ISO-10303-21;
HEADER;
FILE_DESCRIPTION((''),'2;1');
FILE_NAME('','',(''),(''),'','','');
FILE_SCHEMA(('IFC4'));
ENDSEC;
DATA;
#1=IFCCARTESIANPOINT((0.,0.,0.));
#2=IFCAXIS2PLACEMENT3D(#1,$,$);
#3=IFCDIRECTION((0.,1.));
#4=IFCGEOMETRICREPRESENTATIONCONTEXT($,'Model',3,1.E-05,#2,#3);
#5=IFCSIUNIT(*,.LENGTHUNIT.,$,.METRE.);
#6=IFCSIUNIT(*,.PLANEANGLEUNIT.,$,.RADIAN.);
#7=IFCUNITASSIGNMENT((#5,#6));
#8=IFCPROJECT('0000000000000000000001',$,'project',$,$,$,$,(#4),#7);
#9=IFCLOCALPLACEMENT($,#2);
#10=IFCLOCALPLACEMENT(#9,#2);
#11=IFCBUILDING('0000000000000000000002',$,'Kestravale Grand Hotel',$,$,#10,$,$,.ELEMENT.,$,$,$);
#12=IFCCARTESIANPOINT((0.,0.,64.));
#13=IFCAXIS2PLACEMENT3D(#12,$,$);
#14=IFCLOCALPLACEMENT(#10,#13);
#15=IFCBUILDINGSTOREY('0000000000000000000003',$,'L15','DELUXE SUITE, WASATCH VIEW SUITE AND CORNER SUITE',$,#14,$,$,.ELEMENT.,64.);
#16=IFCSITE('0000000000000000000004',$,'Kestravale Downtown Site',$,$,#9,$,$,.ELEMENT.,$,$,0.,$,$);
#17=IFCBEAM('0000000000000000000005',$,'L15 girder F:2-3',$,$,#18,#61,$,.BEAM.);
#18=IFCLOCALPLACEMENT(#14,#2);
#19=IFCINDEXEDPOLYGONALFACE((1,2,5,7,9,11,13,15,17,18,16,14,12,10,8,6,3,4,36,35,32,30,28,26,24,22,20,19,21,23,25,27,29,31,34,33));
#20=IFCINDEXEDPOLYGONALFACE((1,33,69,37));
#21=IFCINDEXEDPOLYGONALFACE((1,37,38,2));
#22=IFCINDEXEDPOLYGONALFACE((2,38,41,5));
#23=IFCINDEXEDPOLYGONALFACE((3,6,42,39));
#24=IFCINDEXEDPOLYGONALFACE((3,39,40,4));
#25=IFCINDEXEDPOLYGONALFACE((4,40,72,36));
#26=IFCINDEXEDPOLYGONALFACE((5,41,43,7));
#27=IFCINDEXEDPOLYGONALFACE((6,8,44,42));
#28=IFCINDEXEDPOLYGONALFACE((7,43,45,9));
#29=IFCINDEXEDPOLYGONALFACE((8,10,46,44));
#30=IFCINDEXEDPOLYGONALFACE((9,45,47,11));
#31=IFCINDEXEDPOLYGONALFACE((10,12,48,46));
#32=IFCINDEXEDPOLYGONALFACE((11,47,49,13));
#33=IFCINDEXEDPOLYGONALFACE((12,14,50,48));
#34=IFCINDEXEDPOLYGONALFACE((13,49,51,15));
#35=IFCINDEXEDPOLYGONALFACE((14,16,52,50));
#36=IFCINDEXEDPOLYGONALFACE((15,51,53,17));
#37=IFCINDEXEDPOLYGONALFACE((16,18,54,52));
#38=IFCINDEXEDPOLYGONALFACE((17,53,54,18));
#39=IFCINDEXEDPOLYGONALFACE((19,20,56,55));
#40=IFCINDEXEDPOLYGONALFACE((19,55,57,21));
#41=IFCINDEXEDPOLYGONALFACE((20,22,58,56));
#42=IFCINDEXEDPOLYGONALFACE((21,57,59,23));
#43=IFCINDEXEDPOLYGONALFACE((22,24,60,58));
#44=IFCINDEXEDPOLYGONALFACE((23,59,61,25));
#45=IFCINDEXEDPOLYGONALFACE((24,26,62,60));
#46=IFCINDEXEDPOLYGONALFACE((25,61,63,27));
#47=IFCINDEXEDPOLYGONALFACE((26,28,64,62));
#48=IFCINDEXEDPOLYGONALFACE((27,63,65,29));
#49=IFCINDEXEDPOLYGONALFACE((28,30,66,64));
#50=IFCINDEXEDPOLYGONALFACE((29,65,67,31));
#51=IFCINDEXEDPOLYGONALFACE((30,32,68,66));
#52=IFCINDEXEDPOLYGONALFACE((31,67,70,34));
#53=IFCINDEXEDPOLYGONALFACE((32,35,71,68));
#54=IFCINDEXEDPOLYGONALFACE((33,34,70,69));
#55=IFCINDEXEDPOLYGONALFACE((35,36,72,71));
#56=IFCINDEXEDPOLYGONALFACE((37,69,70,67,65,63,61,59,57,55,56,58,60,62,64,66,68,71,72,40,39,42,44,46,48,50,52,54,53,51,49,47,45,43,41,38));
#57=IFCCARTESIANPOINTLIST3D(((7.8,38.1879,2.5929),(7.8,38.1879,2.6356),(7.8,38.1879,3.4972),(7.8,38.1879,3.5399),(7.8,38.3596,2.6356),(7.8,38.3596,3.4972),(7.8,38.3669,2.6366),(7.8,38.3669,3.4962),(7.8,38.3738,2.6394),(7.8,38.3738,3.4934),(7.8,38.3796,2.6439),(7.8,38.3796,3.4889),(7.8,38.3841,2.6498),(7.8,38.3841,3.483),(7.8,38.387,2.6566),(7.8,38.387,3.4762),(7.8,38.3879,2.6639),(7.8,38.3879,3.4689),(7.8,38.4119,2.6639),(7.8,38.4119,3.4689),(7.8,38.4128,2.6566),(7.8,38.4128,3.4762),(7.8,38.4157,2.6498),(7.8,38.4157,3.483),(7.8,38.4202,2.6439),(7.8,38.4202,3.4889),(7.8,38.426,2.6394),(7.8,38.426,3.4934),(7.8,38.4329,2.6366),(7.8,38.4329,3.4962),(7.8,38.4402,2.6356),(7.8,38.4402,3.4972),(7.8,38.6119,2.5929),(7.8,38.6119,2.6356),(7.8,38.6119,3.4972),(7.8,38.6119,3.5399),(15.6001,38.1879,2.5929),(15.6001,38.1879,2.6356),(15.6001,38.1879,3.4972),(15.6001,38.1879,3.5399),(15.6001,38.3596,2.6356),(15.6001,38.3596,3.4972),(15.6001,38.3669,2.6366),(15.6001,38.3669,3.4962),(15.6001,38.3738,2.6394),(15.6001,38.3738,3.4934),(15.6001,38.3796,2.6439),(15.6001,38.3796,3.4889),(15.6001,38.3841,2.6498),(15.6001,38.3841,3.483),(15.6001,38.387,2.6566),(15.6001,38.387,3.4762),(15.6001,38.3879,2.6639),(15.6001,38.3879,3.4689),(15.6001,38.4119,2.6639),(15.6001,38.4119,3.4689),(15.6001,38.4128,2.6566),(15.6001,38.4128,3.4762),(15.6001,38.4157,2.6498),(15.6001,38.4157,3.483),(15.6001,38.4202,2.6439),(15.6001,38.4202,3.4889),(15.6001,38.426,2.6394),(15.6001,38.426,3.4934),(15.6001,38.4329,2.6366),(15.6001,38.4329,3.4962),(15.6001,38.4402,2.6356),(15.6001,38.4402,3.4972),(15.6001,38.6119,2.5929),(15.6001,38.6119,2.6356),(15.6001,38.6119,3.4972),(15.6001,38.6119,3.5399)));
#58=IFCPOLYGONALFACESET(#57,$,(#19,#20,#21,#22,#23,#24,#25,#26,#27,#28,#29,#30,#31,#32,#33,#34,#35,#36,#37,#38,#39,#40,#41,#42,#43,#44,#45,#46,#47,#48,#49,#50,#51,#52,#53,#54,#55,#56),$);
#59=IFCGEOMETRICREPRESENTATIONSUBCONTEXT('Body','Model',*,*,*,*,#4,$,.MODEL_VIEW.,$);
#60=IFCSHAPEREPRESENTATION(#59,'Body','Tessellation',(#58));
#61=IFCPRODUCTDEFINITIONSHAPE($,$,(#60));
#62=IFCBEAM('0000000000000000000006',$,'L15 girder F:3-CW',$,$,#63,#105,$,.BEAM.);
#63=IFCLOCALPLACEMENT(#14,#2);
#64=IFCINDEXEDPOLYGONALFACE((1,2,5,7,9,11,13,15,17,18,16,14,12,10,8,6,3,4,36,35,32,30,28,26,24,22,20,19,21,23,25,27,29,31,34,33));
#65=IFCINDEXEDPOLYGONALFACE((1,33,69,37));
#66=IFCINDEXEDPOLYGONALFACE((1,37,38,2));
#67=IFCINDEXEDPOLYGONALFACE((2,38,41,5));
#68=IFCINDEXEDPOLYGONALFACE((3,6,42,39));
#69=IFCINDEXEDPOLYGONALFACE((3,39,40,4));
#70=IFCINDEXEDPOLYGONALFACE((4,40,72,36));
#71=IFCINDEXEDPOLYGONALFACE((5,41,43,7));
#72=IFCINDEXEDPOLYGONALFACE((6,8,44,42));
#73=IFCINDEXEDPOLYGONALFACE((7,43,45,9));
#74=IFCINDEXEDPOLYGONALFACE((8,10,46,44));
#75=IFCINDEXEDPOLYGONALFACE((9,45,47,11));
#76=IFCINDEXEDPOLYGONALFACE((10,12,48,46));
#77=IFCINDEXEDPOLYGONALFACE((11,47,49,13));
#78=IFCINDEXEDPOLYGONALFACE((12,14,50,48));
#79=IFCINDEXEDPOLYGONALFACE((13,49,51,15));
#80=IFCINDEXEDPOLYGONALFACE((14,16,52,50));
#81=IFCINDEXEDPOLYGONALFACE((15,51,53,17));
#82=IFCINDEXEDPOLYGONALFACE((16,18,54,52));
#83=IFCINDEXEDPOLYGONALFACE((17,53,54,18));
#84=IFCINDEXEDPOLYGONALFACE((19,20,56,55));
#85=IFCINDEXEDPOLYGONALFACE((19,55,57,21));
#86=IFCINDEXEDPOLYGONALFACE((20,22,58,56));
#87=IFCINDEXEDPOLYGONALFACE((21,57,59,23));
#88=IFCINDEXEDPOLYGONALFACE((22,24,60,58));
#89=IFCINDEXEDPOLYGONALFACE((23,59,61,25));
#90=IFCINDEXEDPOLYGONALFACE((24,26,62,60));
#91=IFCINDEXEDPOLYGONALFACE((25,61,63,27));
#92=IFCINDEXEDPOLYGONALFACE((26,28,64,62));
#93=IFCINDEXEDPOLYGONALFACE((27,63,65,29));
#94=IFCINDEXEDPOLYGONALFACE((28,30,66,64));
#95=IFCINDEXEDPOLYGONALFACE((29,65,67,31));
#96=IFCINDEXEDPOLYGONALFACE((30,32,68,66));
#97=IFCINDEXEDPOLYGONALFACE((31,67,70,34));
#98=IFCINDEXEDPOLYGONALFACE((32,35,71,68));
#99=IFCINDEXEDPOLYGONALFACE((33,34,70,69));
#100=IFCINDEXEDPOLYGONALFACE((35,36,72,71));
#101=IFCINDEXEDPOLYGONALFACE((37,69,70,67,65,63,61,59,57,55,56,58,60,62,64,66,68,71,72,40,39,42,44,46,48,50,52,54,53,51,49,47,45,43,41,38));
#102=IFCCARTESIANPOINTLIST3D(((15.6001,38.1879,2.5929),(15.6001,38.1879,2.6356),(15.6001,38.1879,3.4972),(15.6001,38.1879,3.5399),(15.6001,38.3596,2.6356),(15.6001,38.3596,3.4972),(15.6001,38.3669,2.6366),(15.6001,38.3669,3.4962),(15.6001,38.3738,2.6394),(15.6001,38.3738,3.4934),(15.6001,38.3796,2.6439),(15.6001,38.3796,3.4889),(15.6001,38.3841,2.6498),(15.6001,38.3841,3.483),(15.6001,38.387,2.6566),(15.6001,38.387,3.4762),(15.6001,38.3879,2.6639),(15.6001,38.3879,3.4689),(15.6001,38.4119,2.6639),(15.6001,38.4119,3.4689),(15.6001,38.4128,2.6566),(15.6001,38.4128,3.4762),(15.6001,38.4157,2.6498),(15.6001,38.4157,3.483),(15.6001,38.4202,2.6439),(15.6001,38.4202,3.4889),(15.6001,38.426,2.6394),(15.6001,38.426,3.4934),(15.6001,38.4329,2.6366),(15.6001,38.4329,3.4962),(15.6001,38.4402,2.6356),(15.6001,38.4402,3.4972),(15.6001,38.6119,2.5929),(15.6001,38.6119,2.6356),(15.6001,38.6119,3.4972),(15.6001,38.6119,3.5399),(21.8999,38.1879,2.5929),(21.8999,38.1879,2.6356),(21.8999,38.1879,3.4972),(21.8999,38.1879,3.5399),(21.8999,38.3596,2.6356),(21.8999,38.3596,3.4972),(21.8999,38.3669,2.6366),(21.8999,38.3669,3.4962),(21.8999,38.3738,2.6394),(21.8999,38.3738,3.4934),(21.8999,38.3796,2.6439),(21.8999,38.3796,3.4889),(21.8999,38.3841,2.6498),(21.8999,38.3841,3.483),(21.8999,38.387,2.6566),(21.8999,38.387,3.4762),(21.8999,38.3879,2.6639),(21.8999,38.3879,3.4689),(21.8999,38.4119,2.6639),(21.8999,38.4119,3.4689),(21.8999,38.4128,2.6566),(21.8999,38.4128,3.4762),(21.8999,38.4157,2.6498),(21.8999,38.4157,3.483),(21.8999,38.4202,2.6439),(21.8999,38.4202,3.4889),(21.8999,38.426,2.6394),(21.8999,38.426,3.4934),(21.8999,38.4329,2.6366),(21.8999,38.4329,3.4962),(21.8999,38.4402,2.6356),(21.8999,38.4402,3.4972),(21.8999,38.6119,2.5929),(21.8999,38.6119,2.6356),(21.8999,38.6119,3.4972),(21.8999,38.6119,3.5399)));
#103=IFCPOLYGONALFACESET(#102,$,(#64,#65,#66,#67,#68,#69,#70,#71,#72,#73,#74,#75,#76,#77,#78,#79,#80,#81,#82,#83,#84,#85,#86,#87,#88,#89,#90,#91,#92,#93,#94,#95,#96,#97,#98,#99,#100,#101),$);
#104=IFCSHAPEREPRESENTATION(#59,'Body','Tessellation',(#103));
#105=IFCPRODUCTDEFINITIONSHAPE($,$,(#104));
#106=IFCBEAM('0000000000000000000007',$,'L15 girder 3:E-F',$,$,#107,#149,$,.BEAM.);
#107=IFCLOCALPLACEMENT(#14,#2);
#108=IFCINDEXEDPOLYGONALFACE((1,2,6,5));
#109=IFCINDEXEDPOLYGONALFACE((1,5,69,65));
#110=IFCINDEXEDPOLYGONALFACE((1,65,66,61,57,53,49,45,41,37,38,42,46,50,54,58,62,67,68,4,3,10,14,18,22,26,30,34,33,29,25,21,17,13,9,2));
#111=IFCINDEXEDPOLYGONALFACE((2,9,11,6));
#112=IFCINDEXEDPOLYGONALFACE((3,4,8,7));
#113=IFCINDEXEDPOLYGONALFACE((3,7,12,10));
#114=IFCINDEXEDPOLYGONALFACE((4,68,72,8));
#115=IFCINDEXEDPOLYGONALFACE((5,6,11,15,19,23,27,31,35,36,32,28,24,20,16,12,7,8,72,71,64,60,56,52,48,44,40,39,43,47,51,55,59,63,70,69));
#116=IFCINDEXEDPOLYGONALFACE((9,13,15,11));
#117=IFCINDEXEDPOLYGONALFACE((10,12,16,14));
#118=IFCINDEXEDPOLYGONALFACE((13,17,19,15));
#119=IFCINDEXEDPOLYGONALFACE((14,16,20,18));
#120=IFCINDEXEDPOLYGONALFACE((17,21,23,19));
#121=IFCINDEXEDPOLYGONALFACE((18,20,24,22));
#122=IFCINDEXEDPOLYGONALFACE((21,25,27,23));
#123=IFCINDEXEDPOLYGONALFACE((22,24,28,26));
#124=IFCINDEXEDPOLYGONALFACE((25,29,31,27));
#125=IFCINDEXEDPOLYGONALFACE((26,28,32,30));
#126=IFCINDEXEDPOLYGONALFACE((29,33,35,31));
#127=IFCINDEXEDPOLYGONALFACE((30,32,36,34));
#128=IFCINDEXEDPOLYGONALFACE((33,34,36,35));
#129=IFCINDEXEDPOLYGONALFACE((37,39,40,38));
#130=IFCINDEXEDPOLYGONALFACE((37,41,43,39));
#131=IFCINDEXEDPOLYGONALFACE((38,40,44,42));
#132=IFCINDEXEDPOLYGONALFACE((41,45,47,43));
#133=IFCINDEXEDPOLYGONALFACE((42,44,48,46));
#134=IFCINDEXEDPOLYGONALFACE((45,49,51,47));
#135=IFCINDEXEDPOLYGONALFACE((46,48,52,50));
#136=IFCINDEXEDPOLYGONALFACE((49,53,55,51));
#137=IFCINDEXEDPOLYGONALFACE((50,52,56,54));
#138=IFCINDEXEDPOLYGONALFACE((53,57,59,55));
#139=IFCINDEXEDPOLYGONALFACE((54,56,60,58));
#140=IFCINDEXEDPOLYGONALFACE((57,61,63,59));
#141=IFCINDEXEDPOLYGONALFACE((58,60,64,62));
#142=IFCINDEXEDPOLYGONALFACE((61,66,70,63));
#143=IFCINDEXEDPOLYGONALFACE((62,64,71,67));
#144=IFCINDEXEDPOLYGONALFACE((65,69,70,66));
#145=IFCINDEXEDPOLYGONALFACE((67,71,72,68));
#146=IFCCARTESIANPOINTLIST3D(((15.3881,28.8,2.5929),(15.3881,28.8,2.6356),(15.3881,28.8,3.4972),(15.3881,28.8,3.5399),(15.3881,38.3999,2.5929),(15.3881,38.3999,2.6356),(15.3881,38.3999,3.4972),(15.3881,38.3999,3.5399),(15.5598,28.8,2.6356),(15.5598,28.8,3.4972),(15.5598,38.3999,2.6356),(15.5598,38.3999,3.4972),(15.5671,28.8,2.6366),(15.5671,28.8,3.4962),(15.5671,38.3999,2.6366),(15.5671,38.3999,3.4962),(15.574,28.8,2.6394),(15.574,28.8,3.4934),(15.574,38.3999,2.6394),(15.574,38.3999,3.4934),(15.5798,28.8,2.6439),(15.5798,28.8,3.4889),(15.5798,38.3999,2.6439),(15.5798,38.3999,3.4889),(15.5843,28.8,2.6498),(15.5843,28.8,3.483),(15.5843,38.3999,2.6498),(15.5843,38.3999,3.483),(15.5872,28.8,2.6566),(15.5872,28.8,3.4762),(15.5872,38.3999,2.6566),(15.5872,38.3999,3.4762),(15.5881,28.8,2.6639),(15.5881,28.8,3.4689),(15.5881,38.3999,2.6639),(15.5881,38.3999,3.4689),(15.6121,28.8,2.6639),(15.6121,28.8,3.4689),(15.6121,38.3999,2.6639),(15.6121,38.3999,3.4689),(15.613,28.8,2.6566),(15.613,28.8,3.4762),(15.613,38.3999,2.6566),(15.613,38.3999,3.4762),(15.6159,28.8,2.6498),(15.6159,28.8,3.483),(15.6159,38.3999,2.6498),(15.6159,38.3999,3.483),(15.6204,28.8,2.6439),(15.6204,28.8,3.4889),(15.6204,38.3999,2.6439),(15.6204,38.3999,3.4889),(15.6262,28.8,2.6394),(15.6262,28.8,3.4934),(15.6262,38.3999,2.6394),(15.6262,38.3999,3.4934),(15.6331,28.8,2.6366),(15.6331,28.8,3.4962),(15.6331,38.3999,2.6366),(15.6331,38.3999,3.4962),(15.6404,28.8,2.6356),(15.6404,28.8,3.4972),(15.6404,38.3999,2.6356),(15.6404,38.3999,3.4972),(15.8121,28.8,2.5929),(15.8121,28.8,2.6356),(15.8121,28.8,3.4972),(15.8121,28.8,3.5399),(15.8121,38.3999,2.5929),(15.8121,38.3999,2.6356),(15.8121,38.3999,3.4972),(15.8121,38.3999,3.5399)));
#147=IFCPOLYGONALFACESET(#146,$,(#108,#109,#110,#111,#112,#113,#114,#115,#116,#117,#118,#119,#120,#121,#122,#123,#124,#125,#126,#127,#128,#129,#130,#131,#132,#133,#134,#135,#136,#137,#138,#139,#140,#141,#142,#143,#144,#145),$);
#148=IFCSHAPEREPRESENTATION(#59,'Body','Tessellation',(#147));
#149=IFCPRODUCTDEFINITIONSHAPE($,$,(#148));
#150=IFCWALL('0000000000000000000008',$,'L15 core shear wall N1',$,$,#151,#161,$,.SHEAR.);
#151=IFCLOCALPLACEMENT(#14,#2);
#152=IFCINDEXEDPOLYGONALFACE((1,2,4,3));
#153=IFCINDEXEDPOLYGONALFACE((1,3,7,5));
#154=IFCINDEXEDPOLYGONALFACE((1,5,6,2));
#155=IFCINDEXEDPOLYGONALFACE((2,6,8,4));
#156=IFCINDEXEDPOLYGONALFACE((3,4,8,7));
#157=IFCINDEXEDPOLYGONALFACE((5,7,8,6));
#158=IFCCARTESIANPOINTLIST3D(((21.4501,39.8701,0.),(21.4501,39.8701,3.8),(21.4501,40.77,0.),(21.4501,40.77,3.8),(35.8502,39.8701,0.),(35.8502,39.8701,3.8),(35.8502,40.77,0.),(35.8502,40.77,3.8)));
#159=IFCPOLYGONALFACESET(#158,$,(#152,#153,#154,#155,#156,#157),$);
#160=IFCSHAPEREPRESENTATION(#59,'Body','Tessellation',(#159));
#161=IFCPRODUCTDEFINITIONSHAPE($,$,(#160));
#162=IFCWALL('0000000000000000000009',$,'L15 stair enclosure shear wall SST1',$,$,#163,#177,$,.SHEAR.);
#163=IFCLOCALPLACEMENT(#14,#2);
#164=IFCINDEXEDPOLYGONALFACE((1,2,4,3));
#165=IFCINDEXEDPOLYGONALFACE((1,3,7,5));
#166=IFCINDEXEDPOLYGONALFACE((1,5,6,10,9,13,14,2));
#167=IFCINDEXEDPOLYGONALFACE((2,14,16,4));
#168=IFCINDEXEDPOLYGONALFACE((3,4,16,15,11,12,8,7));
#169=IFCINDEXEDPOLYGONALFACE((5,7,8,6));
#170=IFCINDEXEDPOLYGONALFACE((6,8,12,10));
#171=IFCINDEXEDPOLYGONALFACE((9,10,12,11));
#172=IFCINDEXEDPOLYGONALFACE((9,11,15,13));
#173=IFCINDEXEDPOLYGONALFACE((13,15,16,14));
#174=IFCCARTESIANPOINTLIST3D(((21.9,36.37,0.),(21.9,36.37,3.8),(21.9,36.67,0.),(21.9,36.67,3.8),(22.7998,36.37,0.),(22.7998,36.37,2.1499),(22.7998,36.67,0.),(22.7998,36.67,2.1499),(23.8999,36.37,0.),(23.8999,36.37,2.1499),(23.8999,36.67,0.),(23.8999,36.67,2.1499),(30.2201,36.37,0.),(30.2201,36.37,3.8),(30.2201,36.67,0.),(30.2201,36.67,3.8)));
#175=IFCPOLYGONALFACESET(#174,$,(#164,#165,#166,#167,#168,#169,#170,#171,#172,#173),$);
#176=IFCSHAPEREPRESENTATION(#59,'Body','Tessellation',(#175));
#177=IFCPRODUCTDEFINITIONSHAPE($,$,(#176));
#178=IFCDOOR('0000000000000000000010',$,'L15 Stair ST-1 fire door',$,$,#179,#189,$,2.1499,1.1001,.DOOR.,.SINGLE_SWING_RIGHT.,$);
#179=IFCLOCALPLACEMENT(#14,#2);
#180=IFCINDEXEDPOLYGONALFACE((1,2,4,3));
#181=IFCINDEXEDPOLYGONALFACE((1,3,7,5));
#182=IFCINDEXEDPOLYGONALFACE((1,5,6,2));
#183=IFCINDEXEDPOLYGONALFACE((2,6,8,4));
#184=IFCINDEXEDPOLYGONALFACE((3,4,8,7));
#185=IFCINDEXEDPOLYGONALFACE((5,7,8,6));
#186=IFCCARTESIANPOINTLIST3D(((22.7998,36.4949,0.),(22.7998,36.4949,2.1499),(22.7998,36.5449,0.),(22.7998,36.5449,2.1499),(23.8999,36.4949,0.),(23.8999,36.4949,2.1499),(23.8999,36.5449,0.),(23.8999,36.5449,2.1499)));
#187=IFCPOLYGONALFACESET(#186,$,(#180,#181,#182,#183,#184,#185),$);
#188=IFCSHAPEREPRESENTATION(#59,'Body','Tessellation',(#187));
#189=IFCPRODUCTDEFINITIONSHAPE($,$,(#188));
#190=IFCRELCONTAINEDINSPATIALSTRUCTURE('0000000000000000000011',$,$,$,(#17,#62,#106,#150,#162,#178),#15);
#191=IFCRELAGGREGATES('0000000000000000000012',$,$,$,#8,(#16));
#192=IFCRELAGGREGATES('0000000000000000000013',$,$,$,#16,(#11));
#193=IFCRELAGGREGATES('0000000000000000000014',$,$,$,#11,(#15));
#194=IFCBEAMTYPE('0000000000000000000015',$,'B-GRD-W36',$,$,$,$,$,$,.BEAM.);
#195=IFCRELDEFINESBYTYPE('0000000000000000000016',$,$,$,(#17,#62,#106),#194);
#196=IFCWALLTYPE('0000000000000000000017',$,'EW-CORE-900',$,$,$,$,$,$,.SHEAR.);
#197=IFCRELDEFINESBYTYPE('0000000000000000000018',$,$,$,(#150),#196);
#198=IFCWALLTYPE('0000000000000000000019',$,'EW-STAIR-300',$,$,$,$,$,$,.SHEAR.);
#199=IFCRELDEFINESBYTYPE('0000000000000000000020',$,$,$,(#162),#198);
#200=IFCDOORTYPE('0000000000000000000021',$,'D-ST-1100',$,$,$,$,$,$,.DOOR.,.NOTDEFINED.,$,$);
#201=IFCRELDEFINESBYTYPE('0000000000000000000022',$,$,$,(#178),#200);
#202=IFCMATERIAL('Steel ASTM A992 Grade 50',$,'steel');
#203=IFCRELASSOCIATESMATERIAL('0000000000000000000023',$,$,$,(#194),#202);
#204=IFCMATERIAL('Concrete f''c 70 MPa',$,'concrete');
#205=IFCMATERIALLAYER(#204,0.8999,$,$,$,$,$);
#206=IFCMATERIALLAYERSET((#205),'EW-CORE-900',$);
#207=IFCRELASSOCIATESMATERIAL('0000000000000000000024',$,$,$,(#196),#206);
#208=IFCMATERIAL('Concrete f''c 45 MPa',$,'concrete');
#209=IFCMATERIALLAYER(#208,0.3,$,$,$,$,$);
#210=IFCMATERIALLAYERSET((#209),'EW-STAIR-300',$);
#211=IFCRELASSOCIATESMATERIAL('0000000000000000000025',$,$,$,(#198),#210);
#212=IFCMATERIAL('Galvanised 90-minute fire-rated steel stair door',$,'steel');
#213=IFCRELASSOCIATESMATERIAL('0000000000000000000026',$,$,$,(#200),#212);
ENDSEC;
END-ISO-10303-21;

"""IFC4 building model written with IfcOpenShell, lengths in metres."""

from ifc_helpers import new_model, si_unit, direction, frame, frame_2d, origin, origin_2d, place, context, subcontext, project, spatial, rectangle, i_section, extrude, material, layer, layer_set, material_profile, profile_set, type_object, element, fill, save


model = new_model("IFC4")

# Units and contexts
model_context = context("Model", 3, precision=1e-05, world=origin(), true_north=direction((0.0, 1.0)))
body_context = subcontext(model_context, "Body", "Model", "MODEL_VIEW")
ifc_project = project(units=[si_unit("LENGTHUNIT", "METRE"), si_unit("PLANEANGLEUNIT", "RADIAN")], contexts=[model_context])

# Site, building, storey
site_placement = place(None, origin())
site = spatial("IfcSite", under=ifc_project, at=site_placement, Name="Kestravale Downtown Site", CompositionType="ELEMENT", RefElevation=0.0)
building_placement = place(site_placement, origin())
building = spatial("IfcBuilding", under=site, at=building_placement, Name="Kestravale Grand Hotel", CompositionType="ELEMENT")
storey_placement = place(building_placement, frame((0.0, 0.0, 64.0)))
storey = spatial("IfcBuildingStorey", under=building, at=storey_placement, Name="L15", Description="DELUXE SUITE, WASATCH VIEW SUITE AND CORNER SUITE", CompositionType="ELEMENT", Elevation=64.0)

# Beams
ifc_material_1 = material(Name="Steel ASTM A992 Grade 50", Category="steel")
ifc_material_profile_1 = material_profile(ifc_material_1, i_section(OverallWidth=0.4241, OverallDepth=0.947, WebThickness=0.0239, FlangeThickness=0.0427, FilletRadius=0.0283, at=origin_2d()))
ifc_profile_set_1 = profile_set([ifc_material_profile_1], Name="Steel ASTM A992 Grade 50")
beam_type_1 = type_object("IfcBeamType", Name="B-GRD-W36", PredefinedType="BEAM", material=ifc_profile_set_1)
beam_1_placement = place(storey_placement, frame((7.8, 38.3999, 3.0664), z_axis=(1.0, 0.0, 0.0), x_axis=(0.0, 1.0, 0.0)))
element("IfcBeam", 1, at=beam_1_placement, inside=storey, type_object=beam_type_1, Name="L15 girder F:2-3", PredefinedType="BEAM", context=body_context, shape_type="SweptSolid", body=[
    extrude(i_section(OverallWidth=0.4241, OverallDepth=0.947, WebThickness=0.0239, FlangeThickness=0.0427, FilletRadius=0.0283, at=origin_2d()), origin(), (0.0, 0.0, 1.0), 7.8),
])
beam_2_placement = place(storey_placement, frame((15.6001, 38.3999, 3.0664), z_axis=(1.0, 0.0, 0.0), x_axis=(0.0, 1.0, 0.0)))
element("IfcBeam", 2, at=beam_2_placement, inside=storey, type_object=beam_type_1, Name="L15 girder F:3-CW", PredefinedType="BEAM", context=body_context, shape_type="SweptSolid", body=[
    extrude(i_section(OverallWidth=0.4241, OverallDepth=0.947, WebThickness=0.0239, FlangeThickness=0.0427, FilletRadius=0.0283, at=origin_2d()), origin(), (0.0, 0.0, 1.0), 6.2998),
])
beam_3_placement = place(storey_placement, frame((15.6001, 28.8, 3.0664), z_axis=(0.0, 1.0, 0.0), x_axis=(-1.0, 0.0, 0.0)))
element("IfcBeam", 3, at=beam_3_placement, inside=storey, type_object=beam_type_1, Name="L15 girder 3:E-F", PredefinedType="BEAM", context=body_context, shape_type="SweptSolid", body=[
    extrude(i_section(OverallWidth=0.4241, OverallDepth=0.947, WebThickness=0.0239, FlangeThickness=0.0427, FilletRadius=0.0283, at=origin_2d()), origin(), (0.0, 0.0, 1.0), 9.5999),
])

# Wall
ifc_material_2 = material(Name="Concrete f'c 70 MPa", Category="concrete")
ifc_layer_1 = layer(ifc_material_2, 0.8999)
ifc_layer_set_1 = layer_set([ifc_layer_1], Name="EW-CORE-900")
wall_type_1 = type_object("IfcWallType", Name="EW-CORE-900", PredefinedType="SHEAR", material=ifc_layer_set_1)
wall_1_placement = place(storey_placement, frame((21.45, 40.3201, 0.0), z_axis=(0.0, 0.0, 1.0), x_axis=(1.0, 0.0, 0.0)))
element("IfcWall", 4, at=wall_1_placement, inside=storey, type_object=wall_type_1, Name="L15 core shear wall N1", PredefinedType="SHEAR", context=body_context, shape_type="SweptSolid", body=[
    extrude(rectangle(XDim=14.4001, YDim=0.8999, at=frame_2d((7.2002, 0.0))), origin(), (0.0, 0.0, 1.0), 3.8),
])

# Wall, opening, door
ifc_material_3 = material(Name="Concrete f'c 45 MPa", Category="concrete")
ifc_layer_2 = layer(ifc_material_3, 0.3)
ifc_layer_set_2 = layer_set([ifc_layer_2], Name="EW-STAIR-300")
wall_type_2 = type_object("IfcWallType", Name="EW-STAIR-300", PredefinedType="SHEAR", material=ifc_layer_set_2)
wall_2_placement = place(storey_placement, frame((21.8999, 36.52, 0.0), z_axis=(0.0, 0.0, 1.0), x_axis=(1.0, 0.0, 0.0)))
wall_2 = element("IfcWall", 5, at=wall_2_placement, inside=storey, type_object=wall_type_2, Name="L15 stair enclosure shear wall SST1", PredefinedType="SHEAR", context=body_context, shape_type="SweptSolid", body=[
    extrude(rectangle(XDim=8.3201, YDim=0.3, at=frame_2d((4.1602, 0.0))), origin(), (0.0, 0.0, 1.0), 3.8),
])
opening_1_placement = place(wall_2_placement, frame((0.8999, 0.0, 0.0)))
opening_1 = element("IfcOpeningElement", 6, at=opening_1_placement, cuts=wall_2, PredefinedType="OPENING", context=body_context, shape_type="SweptSolid", body=[
    extrude(rectangle(XDim=1.1001, YDim=2.1499, at=frame_2d((0.55, 1.075))), frame((0.0, 0.1599, 0.0), z_axis=(0.0, -1.0, 0.0), x_axis=(1.0, 0.0, 0.0)), (0.0, 0.0, 1.0), 0.3201),
])
ifc_material_4 = material(Name="Galvanised 90-minute fire-rated steel stair door", Category="steel")
door_type_1 = type_object("IfcDoorType", Name="D-ST-1100", OperationType="NOTDEFINED", PredefinedType="DOOR", material=ifc_material_4)
door_1_placement = place(opening_1_placement, origin())
door_1 = element("IfcDoor", 7, at=door_1_placement, inside=storey, type_object=door_type_1, Name="L15 Stair ST-1 fire door", OperationType="SINGLE_SWING_RIGHT", OverallHeight=2.1499, OverallWidth=1.1001, PredefinedType="DOOR", context=body_context, shape_type="SweptSolid", body=[
    extrude(rectangle(XDim=1.1001, YDim=2.1499, at=frame_2d((0.55, 1.075))), frame((0.0, 0.0249, 0.0), z_axis=(0.0, -1.0, 0.0), x_axis=(1.0, 0.0, 0.0)), (0.0, 0.0, 1.0), 0.05),
])
fill(opening_1, door_1)

save(model, "model.ifc")
